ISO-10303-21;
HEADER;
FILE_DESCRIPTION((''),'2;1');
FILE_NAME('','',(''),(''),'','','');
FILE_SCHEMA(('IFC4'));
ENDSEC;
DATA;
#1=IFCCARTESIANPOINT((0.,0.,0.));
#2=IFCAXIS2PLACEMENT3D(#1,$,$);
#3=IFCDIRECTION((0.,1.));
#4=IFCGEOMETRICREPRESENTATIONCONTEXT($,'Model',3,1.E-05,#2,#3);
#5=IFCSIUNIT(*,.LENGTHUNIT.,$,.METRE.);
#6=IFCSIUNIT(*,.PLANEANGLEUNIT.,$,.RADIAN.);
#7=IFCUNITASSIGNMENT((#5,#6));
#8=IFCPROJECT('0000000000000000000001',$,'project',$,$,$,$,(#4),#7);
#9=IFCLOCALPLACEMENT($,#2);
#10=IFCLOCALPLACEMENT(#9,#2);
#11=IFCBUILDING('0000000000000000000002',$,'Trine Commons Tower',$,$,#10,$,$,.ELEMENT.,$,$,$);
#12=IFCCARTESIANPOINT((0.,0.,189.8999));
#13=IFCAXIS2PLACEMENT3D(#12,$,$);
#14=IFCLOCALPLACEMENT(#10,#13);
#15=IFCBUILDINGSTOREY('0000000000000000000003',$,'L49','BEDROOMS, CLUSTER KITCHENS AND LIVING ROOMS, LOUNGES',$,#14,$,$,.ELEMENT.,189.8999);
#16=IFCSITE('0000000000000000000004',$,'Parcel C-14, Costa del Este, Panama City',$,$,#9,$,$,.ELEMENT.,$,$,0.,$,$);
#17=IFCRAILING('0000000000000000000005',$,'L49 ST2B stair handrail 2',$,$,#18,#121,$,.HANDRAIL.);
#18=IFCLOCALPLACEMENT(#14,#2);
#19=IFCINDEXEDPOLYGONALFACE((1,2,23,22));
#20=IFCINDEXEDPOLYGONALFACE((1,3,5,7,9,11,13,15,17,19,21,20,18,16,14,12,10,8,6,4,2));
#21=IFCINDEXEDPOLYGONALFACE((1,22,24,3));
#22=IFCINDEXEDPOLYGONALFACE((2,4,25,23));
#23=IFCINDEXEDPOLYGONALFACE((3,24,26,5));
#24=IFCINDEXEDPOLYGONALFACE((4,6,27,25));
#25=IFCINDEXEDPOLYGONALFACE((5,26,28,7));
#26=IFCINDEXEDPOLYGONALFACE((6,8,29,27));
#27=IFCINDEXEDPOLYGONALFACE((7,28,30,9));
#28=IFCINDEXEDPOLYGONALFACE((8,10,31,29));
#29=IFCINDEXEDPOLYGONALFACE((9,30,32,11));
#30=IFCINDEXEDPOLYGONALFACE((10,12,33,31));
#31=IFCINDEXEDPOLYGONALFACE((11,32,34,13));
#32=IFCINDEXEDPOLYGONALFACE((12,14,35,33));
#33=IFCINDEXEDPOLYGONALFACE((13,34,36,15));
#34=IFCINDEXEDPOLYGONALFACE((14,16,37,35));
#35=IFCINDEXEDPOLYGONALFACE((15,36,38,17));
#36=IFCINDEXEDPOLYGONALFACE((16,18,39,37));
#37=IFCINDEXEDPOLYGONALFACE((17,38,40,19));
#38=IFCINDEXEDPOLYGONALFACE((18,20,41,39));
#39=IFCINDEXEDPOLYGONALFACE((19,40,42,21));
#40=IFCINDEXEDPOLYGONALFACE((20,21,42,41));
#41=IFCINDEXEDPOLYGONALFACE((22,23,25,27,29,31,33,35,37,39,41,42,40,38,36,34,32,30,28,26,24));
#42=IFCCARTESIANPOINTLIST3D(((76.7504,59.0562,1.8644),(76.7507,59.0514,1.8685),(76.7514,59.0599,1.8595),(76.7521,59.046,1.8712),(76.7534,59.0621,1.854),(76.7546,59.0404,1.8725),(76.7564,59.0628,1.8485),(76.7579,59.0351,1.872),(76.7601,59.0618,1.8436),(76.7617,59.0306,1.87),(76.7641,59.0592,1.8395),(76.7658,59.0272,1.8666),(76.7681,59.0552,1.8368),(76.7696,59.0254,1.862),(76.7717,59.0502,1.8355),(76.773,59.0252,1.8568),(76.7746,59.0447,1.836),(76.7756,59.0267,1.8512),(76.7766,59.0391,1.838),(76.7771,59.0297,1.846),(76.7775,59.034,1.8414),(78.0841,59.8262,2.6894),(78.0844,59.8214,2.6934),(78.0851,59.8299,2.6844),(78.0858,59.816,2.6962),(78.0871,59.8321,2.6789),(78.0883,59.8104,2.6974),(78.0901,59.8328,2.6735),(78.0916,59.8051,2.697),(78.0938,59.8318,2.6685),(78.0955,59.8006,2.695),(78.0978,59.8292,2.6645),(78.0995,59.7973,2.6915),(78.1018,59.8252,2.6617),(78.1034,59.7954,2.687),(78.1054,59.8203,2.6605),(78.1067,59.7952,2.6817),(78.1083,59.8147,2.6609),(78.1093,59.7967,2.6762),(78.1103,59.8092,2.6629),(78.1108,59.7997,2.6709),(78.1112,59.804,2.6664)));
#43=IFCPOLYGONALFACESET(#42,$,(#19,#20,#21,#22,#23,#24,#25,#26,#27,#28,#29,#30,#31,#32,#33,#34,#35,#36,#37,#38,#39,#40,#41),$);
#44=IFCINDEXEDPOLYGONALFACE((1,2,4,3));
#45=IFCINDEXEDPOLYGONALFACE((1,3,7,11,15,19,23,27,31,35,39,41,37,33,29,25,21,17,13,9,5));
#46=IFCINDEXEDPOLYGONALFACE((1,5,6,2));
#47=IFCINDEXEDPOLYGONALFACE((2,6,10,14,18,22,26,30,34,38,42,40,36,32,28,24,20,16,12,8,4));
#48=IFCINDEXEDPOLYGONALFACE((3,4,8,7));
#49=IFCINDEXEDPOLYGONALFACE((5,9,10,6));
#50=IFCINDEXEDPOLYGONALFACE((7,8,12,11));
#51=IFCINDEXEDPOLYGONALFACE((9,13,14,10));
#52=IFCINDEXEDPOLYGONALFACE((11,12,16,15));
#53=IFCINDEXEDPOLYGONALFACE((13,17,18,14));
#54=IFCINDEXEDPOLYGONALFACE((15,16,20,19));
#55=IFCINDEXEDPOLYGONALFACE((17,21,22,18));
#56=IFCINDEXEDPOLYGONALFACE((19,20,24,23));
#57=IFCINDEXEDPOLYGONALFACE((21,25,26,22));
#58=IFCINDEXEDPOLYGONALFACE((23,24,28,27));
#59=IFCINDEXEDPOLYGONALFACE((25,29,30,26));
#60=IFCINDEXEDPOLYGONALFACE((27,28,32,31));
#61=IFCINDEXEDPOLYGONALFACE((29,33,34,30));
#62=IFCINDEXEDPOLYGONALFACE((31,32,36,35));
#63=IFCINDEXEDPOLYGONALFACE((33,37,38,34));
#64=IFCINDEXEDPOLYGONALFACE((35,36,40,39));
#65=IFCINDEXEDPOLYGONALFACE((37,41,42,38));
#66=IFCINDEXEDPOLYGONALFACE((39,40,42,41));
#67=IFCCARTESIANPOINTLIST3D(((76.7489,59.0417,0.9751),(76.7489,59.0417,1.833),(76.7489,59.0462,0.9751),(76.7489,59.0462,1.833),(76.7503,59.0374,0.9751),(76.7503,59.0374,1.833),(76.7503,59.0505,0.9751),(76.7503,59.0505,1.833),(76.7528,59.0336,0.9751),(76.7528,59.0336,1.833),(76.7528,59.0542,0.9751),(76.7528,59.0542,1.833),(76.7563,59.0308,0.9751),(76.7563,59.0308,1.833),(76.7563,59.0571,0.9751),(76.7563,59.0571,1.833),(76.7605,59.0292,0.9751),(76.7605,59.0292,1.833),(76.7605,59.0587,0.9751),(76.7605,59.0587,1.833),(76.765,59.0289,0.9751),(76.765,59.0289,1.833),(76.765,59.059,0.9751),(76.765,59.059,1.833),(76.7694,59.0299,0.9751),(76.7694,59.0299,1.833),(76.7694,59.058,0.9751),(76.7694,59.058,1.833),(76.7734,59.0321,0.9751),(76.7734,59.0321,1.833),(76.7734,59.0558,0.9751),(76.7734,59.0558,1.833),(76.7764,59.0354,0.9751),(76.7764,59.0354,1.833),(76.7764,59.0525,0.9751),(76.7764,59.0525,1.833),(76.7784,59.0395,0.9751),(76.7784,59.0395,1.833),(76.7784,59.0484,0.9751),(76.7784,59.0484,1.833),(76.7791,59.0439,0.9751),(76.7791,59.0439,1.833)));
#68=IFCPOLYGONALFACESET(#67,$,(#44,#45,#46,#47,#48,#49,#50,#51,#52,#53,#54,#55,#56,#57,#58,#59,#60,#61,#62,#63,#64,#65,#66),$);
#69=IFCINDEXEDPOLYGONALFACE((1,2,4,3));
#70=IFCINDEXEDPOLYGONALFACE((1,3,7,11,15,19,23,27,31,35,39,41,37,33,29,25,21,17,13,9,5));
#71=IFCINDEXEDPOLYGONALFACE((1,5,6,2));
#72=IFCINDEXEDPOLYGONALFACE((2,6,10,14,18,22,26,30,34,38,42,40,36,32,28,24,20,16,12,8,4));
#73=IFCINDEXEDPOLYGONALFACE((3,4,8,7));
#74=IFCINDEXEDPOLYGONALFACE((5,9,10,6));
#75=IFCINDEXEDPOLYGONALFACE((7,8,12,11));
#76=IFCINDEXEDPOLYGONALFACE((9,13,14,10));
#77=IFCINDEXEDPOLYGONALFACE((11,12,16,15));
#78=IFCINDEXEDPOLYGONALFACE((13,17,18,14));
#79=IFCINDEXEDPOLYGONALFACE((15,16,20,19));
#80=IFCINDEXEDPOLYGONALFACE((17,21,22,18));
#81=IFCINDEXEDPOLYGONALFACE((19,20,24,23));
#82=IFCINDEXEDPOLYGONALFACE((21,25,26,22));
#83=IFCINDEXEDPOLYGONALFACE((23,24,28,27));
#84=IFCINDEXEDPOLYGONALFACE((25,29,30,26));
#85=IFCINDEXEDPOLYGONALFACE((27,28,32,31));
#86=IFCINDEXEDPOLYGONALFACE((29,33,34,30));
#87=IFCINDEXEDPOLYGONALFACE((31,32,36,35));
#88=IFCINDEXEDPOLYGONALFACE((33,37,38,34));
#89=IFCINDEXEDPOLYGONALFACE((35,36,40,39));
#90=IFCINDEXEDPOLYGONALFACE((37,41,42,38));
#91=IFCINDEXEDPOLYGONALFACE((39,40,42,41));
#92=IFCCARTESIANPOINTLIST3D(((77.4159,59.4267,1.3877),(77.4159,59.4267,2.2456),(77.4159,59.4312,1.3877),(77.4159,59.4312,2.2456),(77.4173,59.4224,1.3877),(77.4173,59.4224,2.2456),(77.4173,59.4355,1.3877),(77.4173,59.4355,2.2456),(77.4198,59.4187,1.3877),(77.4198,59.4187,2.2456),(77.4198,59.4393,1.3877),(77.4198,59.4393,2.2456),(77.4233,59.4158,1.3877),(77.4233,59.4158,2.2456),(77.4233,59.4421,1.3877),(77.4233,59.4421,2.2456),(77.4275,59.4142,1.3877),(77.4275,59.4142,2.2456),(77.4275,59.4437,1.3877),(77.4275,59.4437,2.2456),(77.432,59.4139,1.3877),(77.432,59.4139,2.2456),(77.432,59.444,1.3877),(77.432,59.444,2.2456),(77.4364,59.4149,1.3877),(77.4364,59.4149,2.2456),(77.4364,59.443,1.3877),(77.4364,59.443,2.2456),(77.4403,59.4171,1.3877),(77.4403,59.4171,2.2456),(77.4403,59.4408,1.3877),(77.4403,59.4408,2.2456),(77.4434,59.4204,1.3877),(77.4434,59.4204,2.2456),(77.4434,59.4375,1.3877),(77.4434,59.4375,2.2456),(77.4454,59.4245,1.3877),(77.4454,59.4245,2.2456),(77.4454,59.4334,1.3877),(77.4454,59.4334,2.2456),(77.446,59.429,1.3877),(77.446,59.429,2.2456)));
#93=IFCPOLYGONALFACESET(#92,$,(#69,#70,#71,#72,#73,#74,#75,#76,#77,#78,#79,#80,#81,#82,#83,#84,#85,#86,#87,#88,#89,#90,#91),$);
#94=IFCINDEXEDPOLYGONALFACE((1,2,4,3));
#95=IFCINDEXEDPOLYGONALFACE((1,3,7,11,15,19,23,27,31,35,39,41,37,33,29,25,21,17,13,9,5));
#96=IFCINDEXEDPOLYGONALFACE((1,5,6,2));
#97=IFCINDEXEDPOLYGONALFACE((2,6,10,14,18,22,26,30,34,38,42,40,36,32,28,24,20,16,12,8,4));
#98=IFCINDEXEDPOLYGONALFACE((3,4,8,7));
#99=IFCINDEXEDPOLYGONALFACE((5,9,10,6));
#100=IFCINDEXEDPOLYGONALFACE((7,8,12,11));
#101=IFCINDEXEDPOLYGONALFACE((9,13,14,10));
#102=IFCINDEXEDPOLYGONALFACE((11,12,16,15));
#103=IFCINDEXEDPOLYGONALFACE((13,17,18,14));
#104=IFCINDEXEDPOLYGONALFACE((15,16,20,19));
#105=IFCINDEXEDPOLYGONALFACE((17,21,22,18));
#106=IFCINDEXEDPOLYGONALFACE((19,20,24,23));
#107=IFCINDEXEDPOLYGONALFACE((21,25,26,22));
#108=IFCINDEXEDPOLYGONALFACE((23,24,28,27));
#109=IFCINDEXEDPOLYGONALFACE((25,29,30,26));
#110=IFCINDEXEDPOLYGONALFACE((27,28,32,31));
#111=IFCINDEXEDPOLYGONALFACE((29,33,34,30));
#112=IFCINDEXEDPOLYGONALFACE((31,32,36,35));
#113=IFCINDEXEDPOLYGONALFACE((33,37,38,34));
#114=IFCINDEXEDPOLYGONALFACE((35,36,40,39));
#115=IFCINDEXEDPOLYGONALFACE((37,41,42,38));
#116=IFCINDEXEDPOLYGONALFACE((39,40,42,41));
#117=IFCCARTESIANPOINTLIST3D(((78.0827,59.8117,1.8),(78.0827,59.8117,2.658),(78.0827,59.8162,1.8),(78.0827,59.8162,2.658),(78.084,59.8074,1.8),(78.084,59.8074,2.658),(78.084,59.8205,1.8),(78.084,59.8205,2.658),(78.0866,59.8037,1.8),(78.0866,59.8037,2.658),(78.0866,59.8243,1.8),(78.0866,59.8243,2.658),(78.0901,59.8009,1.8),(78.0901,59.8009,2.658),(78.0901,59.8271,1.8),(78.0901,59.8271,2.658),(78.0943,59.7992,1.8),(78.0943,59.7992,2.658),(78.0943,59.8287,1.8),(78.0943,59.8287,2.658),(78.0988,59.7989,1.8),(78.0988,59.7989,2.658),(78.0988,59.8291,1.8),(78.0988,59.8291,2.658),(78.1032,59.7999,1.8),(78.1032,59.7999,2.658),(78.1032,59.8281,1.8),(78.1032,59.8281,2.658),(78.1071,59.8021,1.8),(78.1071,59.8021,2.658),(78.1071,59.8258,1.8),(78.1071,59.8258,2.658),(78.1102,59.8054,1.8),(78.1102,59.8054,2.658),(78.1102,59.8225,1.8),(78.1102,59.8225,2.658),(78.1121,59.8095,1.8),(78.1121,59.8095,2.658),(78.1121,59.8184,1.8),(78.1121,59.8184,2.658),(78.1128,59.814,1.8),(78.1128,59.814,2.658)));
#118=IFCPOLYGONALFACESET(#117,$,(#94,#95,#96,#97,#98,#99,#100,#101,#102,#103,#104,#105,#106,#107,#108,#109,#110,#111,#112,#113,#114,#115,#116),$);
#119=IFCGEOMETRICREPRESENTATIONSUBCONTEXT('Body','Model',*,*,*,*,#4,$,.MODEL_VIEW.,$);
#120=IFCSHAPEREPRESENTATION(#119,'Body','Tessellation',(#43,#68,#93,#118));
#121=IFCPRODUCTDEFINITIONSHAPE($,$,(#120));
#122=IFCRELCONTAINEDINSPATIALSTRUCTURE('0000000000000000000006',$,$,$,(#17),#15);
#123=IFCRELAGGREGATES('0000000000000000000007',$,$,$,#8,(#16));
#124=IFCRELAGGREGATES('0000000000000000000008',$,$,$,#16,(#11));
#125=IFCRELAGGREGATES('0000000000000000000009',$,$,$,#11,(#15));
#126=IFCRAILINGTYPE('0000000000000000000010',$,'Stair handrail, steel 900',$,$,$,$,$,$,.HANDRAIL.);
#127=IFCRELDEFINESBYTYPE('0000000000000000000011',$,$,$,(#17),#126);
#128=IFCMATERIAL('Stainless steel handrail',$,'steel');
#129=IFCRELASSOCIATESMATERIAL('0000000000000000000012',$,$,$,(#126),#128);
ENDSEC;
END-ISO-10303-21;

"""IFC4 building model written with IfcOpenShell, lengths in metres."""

from ifc_helpers import new_model, si_unit, direction, frame, origin, origin_2d, place, context, subcontext, project, spatial, circle, extrude, material, type_object, element, save


model = new_model("IFC4")

# Units and contexts
model_context = context("Model", 3, precision=1e-05, world=origin(), true_north=direction((0.0, 1.0)))
body_context = subcontext(model_context, "Body", "Model", "MODEL_VIEW")
ifc_project = project(units=[si_unit("LENGTHUNIT", "METRE"), si_unit("PLANEANGLEUNIT", "RADIAN")], contexts=[model_context])

# Site, building, storey
site_placement = place(None, origin())
site = spatial("IfcSite", under=ifc_project, at=site_placement, Name="Parcel C-14, Costa del Este, Panama City", CompositionType="ELEMENT", RefElevation=0.0)
building_placement = place(site_placement, origin())
building = spatial("IfcBuilding", under=site, at=building_placement, Name="Trine Commons Tower", CompositionType="ELEMENT")
storey_placement = place(building_placement, frame((0.0, 0.0, 189.8999)))
storey = spatial("IfcBuildingStorey", under=building, at=storey_placement, Name="L49", Description="BEDROOMS, CLUSTER KITCHENS AND LIVING ROOMS, LOUNGES", CompositionType="ELEMENT", Elevation=189.8999)

# Railing
ifc_material_1 = material(Name="Stainless steel handrail", Category="steel")
railing_type_1 = type_object("IfcRailingType", Name="Stair handrail, steel 900", PredefinedType="HANDRAIL", material=ifc_material_1)
for number, where, name in (
    (1, (76.7639, 59.0439, 0.9751), "L49 ST2B stair handrail 2"),
):
    element("IfcRailing", number, at=place(storey_placement, frame(where)), inside=storey, type_object=railing_type_1, Name=name, PredefinedType="HANDRAIL", context=body_context, shape_type="SweptSolid", body=[
        extrude(circle(Radius=0.021, at=origin_2d()), frame((0.0, 0.0, 0.8789), z_axis=(0.763405, 0.440743, 0.472185), x_axis=(-0.499992, 0.86603, 0.0)), (0.0, 0.0, 1.0), 1.7471),
        extrude(circle(Radius=0.0151, at=origin_2d()), origin(), (0.0, 0.0, 1.0), 0.8579),
        extrude(circle(Radius=0.0151, at=origin_2d()), frame((0.667, 0.385, 0.4126)), (0.0, 0.0, 1.0), 0.8579),
        extrude(circle(Radius=0.0151, at=origin_2d()), frame((1.3337, 0.77, 0.825)), (0.0, 0.0, 1.0), 0.8579),
    ])

save(model, "model.ifc")
